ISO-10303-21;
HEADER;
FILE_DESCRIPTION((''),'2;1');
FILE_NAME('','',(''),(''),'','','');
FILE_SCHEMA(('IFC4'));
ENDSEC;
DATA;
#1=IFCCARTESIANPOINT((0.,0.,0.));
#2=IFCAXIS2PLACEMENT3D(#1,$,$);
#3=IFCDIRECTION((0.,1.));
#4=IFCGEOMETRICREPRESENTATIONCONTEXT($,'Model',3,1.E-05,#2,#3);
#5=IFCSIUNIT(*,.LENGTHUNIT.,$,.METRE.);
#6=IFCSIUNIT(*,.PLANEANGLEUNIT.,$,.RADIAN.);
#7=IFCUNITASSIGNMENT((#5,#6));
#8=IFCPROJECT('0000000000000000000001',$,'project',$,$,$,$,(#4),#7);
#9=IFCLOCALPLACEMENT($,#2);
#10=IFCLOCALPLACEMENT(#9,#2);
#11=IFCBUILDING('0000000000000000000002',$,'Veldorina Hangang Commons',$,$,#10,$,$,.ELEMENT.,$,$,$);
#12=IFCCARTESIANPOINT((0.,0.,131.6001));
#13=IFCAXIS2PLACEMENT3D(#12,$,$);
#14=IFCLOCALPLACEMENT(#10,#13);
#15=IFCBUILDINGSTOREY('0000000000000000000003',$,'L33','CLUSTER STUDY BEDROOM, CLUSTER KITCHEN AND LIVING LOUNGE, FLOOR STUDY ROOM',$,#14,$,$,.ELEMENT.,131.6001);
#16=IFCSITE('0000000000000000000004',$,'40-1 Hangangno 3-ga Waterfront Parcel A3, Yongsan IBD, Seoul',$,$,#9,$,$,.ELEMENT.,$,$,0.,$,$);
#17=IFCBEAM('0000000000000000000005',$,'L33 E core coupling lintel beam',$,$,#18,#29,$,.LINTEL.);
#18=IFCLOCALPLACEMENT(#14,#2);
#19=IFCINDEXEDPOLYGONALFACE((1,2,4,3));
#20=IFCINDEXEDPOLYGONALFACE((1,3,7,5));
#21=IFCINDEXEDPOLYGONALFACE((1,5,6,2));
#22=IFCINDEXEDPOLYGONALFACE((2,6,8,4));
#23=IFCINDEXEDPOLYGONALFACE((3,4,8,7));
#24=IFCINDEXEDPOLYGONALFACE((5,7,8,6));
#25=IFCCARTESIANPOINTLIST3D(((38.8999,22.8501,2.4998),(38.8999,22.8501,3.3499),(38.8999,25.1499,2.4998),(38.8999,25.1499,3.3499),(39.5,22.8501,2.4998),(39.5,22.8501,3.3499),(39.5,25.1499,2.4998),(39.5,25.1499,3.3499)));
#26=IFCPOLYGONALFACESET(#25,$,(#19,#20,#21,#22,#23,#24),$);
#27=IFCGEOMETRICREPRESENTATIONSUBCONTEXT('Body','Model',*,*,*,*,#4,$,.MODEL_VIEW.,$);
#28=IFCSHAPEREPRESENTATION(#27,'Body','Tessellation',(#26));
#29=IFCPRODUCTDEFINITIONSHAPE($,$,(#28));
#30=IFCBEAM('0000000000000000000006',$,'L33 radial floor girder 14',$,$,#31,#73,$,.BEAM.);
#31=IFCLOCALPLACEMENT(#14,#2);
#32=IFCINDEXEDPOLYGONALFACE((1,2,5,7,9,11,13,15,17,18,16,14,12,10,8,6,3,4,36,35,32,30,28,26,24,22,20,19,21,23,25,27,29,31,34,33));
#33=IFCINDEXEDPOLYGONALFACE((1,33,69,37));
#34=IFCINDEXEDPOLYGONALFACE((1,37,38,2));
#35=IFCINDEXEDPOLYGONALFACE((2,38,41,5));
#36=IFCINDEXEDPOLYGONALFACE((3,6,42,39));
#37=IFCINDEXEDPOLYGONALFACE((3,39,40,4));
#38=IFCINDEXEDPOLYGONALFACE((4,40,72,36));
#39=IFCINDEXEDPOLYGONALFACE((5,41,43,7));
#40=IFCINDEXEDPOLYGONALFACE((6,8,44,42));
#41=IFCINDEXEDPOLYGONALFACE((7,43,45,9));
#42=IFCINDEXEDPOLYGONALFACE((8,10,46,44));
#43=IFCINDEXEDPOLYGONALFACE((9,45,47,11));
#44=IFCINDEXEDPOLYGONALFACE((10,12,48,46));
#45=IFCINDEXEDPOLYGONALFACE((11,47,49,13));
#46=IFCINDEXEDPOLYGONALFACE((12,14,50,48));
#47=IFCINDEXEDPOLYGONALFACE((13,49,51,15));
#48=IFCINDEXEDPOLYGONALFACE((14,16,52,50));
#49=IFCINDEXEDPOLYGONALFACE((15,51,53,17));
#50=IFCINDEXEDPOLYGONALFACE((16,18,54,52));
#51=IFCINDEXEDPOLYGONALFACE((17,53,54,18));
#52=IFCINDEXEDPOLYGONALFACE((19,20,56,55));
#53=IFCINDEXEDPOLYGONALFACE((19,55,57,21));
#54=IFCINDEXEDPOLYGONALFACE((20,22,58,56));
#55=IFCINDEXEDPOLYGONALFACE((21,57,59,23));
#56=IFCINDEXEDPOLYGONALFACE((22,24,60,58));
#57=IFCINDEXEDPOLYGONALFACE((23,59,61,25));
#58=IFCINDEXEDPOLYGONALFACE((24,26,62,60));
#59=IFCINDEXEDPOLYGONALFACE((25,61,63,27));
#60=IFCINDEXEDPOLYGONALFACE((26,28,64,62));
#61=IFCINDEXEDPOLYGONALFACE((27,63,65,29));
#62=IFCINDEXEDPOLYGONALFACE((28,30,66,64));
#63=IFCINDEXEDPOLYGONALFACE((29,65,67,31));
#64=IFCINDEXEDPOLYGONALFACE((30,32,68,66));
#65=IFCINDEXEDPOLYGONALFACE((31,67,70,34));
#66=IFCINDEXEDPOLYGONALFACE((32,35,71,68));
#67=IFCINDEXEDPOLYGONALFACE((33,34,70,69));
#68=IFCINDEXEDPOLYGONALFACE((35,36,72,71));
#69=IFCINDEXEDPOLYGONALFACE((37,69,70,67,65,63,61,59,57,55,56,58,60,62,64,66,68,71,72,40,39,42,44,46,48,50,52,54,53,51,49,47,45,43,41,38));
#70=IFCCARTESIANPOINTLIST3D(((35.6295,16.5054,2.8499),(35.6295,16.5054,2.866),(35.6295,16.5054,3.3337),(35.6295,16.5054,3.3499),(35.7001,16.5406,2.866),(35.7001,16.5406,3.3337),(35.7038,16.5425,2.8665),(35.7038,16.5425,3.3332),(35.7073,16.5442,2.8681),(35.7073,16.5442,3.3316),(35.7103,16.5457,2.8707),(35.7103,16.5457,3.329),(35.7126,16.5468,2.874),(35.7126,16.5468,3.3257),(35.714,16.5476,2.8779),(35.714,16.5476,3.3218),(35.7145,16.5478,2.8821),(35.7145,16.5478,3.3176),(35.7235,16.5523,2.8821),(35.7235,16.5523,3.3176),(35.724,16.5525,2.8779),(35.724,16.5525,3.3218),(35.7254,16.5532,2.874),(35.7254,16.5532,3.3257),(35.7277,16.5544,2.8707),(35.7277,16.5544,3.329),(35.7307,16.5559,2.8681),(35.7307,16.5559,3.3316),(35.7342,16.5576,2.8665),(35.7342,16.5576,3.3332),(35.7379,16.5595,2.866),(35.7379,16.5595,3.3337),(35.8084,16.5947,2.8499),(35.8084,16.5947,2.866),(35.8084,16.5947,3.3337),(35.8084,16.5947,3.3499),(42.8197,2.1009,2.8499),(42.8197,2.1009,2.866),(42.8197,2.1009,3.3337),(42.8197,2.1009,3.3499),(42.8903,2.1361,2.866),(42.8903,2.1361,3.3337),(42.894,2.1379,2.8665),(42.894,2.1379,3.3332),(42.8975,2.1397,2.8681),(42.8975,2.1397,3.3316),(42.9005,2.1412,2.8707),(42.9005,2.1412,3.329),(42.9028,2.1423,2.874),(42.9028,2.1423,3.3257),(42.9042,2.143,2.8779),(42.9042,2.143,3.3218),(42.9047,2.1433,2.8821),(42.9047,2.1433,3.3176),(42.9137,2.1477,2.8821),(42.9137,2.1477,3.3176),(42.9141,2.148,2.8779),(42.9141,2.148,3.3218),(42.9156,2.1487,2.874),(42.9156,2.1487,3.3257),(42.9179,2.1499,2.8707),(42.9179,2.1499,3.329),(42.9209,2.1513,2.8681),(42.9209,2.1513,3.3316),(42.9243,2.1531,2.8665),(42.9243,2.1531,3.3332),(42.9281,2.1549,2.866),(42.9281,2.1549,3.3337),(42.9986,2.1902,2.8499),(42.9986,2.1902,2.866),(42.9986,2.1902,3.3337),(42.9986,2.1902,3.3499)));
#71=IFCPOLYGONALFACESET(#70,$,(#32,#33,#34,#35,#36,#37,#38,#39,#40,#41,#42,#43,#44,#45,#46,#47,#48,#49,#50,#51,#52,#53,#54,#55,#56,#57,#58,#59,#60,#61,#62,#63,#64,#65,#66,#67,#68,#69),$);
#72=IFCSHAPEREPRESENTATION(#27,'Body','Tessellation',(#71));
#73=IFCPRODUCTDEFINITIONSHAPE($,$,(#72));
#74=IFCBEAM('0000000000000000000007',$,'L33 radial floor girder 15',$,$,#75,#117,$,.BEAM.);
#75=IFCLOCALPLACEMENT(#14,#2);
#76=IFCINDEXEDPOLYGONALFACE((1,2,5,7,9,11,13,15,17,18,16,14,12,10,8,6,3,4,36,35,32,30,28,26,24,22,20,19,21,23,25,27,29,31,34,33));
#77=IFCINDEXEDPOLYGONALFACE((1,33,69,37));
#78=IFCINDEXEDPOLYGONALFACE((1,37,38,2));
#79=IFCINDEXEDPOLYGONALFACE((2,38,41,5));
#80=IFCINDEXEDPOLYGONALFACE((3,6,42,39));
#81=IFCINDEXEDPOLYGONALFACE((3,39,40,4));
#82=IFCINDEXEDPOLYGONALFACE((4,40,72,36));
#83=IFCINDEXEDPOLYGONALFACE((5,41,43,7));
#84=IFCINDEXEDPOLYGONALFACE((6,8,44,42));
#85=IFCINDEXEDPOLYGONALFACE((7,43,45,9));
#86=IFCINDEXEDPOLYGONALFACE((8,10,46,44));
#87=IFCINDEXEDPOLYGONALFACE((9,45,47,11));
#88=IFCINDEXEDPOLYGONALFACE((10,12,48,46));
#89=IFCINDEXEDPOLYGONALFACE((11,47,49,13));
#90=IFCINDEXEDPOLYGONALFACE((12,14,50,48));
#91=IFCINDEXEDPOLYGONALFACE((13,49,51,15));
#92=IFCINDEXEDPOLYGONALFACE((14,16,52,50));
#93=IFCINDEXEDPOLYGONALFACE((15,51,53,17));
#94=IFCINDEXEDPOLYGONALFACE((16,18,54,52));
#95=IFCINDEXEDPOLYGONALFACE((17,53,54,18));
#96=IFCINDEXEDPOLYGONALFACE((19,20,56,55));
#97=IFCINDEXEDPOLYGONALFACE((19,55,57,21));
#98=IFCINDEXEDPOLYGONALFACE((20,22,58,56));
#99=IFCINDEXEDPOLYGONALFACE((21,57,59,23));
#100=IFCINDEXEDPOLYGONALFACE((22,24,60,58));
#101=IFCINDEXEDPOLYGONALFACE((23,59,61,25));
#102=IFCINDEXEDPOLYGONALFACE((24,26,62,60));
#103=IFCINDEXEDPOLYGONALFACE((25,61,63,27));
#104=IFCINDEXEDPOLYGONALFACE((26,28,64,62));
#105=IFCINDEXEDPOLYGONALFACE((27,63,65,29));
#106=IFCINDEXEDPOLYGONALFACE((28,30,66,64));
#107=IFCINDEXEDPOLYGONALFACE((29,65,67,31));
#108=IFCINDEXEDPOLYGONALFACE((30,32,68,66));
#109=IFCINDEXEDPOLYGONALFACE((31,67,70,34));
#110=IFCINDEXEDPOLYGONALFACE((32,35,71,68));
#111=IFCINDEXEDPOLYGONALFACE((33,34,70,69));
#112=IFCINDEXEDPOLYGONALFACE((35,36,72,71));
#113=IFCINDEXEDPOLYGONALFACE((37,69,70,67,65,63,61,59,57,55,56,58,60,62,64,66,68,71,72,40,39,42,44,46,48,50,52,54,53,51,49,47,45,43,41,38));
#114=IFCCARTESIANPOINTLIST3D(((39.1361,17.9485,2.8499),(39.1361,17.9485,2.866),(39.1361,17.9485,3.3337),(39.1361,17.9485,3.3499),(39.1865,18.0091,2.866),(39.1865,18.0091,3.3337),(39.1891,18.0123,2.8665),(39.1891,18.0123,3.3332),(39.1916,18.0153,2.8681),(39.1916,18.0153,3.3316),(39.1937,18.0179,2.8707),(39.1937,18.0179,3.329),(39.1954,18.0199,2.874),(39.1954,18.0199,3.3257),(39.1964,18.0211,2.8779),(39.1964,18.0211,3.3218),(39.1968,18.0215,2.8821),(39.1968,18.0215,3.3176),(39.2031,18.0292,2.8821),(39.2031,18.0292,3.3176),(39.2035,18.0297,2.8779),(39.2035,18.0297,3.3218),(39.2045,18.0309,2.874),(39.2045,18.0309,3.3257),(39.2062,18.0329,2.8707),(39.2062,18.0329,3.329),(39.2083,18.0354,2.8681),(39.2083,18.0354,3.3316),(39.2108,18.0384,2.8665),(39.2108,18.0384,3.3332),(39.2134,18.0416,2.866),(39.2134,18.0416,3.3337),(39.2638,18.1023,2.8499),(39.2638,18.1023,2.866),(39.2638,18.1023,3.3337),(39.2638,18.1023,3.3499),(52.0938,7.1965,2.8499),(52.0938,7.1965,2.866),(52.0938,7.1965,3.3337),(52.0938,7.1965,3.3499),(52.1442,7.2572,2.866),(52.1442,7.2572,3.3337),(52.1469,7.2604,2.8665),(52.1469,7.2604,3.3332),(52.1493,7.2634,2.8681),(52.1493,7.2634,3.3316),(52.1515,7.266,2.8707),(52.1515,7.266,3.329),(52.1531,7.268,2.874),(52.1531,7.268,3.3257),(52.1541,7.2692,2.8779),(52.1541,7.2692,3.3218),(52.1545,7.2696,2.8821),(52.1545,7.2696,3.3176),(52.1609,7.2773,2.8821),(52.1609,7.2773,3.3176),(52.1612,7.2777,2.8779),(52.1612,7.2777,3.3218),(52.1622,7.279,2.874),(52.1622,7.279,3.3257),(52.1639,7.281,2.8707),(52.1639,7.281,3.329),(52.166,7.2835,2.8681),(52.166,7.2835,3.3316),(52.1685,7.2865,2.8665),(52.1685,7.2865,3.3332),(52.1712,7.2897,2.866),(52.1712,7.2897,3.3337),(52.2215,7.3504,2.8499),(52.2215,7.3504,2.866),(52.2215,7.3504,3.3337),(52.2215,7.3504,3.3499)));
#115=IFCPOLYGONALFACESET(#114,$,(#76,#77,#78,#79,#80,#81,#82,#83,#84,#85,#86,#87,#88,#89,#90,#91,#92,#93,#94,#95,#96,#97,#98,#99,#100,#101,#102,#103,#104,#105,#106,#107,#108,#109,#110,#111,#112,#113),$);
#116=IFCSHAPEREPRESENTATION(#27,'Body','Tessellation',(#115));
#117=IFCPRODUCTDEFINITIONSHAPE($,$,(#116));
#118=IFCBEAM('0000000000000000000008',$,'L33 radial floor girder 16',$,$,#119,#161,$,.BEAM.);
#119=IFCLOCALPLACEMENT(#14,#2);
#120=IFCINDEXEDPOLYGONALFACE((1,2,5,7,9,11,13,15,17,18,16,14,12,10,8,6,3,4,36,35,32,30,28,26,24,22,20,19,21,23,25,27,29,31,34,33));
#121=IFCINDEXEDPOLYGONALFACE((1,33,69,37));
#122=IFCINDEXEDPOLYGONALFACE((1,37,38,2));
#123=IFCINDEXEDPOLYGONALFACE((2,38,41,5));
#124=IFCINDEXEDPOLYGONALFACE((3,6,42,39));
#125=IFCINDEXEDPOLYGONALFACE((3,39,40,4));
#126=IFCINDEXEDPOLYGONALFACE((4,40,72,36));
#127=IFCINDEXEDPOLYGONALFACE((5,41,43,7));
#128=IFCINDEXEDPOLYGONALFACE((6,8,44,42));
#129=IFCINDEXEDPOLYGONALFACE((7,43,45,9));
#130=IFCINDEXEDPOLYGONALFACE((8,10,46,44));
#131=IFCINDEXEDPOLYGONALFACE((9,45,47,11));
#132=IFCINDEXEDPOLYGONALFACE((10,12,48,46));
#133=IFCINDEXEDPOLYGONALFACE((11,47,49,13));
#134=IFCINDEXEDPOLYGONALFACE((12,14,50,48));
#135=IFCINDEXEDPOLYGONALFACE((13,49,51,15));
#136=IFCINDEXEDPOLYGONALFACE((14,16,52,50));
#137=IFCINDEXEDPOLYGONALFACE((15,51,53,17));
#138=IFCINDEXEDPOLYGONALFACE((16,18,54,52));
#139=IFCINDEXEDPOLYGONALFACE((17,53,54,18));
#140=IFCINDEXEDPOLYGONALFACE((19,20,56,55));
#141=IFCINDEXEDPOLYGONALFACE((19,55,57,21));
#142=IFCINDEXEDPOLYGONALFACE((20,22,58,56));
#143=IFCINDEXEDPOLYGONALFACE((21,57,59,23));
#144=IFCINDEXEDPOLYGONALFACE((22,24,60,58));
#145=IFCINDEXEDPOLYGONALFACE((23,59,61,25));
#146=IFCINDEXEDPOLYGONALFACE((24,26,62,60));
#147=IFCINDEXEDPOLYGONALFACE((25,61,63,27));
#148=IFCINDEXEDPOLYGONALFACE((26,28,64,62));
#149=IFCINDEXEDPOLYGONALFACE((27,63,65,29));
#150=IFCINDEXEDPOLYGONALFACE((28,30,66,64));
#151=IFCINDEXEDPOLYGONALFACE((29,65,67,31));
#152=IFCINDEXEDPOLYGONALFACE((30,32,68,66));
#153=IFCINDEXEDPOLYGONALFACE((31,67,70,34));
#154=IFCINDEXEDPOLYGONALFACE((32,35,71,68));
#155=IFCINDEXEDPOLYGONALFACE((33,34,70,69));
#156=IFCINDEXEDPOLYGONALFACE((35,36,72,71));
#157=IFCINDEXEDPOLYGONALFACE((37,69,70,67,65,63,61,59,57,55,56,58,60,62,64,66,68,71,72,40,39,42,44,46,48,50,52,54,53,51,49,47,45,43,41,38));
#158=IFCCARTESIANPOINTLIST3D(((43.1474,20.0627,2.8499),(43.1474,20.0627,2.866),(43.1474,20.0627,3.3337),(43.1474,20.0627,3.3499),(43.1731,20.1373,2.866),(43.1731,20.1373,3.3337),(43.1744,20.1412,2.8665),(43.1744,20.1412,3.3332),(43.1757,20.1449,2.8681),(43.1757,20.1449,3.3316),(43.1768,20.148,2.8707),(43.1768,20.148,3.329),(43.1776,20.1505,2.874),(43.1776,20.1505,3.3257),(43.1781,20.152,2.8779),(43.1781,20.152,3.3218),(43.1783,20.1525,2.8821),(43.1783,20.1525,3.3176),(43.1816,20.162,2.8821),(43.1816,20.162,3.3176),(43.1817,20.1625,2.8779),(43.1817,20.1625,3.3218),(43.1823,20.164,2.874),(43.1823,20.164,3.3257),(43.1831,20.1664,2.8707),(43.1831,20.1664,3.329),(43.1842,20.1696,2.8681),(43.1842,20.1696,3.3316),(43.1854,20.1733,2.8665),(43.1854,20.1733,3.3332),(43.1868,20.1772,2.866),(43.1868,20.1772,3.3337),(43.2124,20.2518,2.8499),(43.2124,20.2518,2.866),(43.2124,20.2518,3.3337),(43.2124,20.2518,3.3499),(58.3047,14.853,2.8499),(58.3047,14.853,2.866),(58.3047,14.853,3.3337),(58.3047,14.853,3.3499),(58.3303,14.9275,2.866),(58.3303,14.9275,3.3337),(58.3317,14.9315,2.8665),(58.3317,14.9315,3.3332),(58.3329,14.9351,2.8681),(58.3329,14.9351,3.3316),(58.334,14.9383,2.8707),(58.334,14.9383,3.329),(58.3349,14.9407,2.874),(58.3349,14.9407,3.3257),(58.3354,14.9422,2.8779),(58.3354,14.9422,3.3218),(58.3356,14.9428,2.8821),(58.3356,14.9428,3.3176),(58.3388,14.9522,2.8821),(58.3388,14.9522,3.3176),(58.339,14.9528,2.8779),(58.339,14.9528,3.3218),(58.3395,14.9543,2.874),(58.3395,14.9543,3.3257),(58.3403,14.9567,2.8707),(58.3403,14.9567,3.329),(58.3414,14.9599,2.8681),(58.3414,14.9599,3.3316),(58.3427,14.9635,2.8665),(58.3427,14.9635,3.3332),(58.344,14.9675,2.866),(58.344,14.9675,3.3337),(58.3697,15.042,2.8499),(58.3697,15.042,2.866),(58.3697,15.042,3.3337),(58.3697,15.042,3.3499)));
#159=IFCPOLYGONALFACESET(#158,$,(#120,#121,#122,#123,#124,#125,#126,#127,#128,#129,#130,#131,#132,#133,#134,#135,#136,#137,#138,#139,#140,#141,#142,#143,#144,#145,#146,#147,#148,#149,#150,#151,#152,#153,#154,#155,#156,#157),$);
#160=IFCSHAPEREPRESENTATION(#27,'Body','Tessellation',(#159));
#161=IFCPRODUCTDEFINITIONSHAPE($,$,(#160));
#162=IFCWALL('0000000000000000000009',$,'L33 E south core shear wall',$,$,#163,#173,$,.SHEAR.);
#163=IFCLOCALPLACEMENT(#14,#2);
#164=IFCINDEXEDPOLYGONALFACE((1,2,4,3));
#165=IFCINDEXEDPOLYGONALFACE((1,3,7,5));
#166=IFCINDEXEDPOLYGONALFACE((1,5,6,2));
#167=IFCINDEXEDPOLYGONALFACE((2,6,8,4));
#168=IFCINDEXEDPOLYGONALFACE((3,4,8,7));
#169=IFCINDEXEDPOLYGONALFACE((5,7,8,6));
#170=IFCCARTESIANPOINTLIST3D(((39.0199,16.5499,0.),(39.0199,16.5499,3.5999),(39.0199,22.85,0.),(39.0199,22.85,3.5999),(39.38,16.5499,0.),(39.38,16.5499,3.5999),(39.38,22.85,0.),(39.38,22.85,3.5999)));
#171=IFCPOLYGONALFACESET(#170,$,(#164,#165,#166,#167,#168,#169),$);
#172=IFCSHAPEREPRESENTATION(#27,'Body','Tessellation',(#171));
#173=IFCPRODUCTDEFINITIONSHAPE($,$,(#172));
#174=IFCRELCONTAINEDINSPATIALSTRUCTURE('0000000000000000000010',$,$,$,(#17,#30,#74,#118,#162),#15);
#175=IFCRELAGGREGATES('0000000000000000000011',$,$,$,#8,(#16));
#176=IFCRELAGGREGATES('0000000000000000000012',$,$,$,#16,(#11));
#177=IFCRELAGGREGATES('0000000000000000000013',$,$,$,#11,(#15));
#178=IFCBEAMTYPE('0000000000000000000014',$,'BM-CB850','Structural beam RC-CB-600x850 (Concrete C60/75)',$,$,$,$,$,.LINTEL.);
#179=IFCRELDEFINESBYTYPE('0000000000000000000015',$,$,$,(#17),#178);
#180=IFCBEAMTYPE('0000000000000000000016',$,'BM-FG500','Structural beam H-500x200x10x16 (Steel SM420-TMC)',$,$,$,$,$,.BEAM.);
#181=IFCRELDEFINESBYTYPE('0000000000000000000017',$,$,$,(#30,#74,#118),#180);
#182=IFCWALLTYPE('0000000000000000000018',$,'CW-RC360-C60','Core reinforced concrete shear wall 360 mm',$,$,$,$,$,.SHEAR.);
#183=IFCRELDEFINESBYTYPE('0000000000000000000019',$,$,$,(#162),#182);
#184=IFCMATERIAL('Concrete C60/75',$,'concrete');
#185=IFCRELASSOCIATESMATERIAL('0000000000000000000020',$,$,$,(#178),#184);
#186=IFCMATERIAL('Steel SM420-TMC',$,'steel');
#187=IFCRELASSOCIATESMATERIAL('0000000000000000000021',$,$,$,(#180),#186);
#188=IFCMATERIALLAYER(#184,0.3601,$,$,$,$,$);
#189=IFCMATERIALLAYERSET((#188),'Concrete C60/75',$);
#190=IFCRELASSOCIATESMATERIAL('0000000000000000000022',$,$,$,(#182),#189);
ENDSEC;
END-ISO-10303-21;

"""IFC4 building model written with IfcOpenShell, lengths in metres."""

from ifc_helpers import new_model, si_unit, direction, frame, frame_2d, origin, origin_2d, place, context, subcontext, project, spatial, rectangle, i_section, extrude, material, layer, layer_set, material_profile, profile_set, type_object, element, save


model = new_model("IFC4")

# Units and contexts
model_context = context("Model", 3, precision=1e-05, world=origin(), true_north=direction((0.0, 1.0)))
body_context = subcontext(model_context, "Body", "Model", "MODEL_VIEW")
ifc_project = project(units=[si_unit("LENGTHUNIT", "METRE"), si_unit("PLANEANGLEUNIT", "RADIAN")], contexts=[model_context])

# Site, building, storey
site_placement = place(None, origin())
site = spatial("IfcSite", under=ifc_project, at=site_placement, Name="40-1 Hangangno 3-ga Waterfront Parcel A3, Yongsan IBD, Seoul", CompositionType="ELEMENT", RefElevation=0.0)
building_placement = place(site_placement, origin())
building = spatial("IfcBuilding", under=site, at=building_placement, Name="Veldorina Hangang Commons", CompositionType="ELEMENT")
storey_placement = place(building_placement, frame((0.0, 0.0, 131.6001)))
storey = spatial("IfcBuildingStorey", under=building, at=storey_placement, Name="L33", Description="CLUSTER STUDY BEDROOM, CLUSTER KITCHEN AND LIVING LOUNGE, FLOOR STUDY ROOM", CompositionType="ELEMENT", Elevation=131.6001)

# Beams
ifc_material_1 = material(Name="Concrete C60/75", Category="concrete")
ifc_material_profile_1 = material_profile(ifc_material_1, rectangle(XDim=0.6001, YDim=0.8501, at=origin_2d()), Name="RC-CB-600x850")
ifc_profile_set_1 = profile_set([ifc_material_profile_1], Name="Concrete C60/75")
beam_type_1 = type_object("IfcBeamType", Name="BM-CB850", Description="Structural beam RC-CB-600x850 (Concrete C60/75)", PredefinedType="LINTEL", material=ifc_profile_set_1)
beam_1_placement = place(storey_placement, frame((39.2, 22.8501, 2.9248), z_axis=(0.0, 1.0, 0.0), x_axis=(-1.0, 0.0, 0.0)))
element("IfcBeam", 1, at=beam_1_placement, inside=storey, type_object=beam_type_1, Name="L33 E core coupling lintel beam", PredefinedType="LINTEL", context=body_context, shape_type="SweptSolid", body=[
    extrude(rectangle(XDim=0.6001, YDim=0.8501, at=origin_2d()), origin(), (0.0, 0.0, 1.0), 2.2998),
])
ifc_material_2 = material(Name="Steel SM420-TMC", Category="steel")
ifc_material_profile_2 = material_profile(ifc_material_2, i_section(OverallWidth=0.2, OverallDepth=0.5, WebThickness=0.01, FlangeThickness=0.0161, FilletRadius=0.0161, at=origin_2d()), Name="H-500x200x10x16")
ifc_profile_set_2 = profile_set([ifc_material_profile_2], Name="Steel SM420-TMC")
beam_type_2 = type_object("IfcBeamType", Name="BM-FG500", Description="Structural beam H-500x200x10x16 (Steel SM420-TMC)", PredefinedType="BEAM", material=ifc_profile_set_2)
beam_2_placement = place(storey_placement, frame((35.719, 16.55, 3.0999), z_axis=(0.446613, -0.894727, 0.0), x_axis=(0.894727, 0.446613, 0.0)))
element("IfcBeam", 2, at=beam_2_placement, inside=storey, type_object=beam_type_2, Name="L33 radial floor girder 14", PredefinedType="BEAM", context=body_context, shape_type="SweptSolid", body=[
    extrude(i_section(OverallWidth=0.2, OverallDepth=0.5, WebThickness=0.01, FlangeThickness=0.0161, FilletRadius=0.0161, at=origin_2d()), origin(), (0.0, 0.0, 1.0), 16.0994),
])
beam_3_placement = place(storey_placement, frame((39.2, 18.0254, 3.0999), z_axis=(0.769569, -0.638564, 0.0), x_axis=(0.638564, 0.769569, 0.0)))
element("IfcBeam", 3, at=beam_3_placement, inside=storey, type_object=beam_type_2, Name="L33 radial floor girder 15", PredefinedType="BEAM", context=body_context, shape_type="SweptSolid", body=[
    extrude(i_section(OverallWidth=0.2, OverallDepth=0.5, WebThickness=0.01, FlangeThickness=0.0161, FilletRadius=0.0161, at=origin_2d()), origin(), (0.0, 0.0, 1.0), 16.8376),
])
beam_4_placement = place(storey_placement, frame((43.1799, 20.1572, 3.0999), z_axis=(0.945698, -0.325047, 0.0), x_axis=(0.325047, 0.945698, 0.0)))
element("IfcBeam", 4, at=beam_4_placement, inside=storey, type_object=beam_type_2, Name="L33 radial floor girder 16", PredefinedType="BEAM", context=body_context, shape_type="SweptSolid", body=[
    extrude(i_section(OverallWidth=0.2, OverallDepth=0.5, WebThickness=0.01, FlangeThickness=0.0161, FilletRadius=0.0161, at=origin_2d()), origin(), (0.0, 0.0, 1.0), 16.0276),
])

# Wall
ifc_layer_1 = layer(ifc_material_1, 0.3601)
ifc_layer_set_1 = layer_set([ifc_layer_1], Name="Concrete C60/75")
wall_type_1 = type_object("IfcWallType", Name="CW-RC360-C60", Description="Core reinforced concrete shear wall 360 mm", PredefinedType="SHEAR", material=ifc_layer_set_1)
wall_1_placement = place(storey_placement, frame((39.2, 16.55, 0.0), z_axis=(0.0, 0.0, 1.0), x_axis=(0.0, 1.0, 0.0)))
element("IfcWall", 5, at=wall_1_placement, inside=storey, type_object=wall_type_1, Name="L33 E south core shear wall", PredefinedType="SHEAR", context=body_context, shape_type="SweptSolid", body=[
    extrude(rectangle(XDim=6.3, YDim=0.3601, at=frame_2d((3.1499, 0.0))), origin(), (0.0, 0.0, 1.0), 3.5999),
])

save(model, "model.ifc")
